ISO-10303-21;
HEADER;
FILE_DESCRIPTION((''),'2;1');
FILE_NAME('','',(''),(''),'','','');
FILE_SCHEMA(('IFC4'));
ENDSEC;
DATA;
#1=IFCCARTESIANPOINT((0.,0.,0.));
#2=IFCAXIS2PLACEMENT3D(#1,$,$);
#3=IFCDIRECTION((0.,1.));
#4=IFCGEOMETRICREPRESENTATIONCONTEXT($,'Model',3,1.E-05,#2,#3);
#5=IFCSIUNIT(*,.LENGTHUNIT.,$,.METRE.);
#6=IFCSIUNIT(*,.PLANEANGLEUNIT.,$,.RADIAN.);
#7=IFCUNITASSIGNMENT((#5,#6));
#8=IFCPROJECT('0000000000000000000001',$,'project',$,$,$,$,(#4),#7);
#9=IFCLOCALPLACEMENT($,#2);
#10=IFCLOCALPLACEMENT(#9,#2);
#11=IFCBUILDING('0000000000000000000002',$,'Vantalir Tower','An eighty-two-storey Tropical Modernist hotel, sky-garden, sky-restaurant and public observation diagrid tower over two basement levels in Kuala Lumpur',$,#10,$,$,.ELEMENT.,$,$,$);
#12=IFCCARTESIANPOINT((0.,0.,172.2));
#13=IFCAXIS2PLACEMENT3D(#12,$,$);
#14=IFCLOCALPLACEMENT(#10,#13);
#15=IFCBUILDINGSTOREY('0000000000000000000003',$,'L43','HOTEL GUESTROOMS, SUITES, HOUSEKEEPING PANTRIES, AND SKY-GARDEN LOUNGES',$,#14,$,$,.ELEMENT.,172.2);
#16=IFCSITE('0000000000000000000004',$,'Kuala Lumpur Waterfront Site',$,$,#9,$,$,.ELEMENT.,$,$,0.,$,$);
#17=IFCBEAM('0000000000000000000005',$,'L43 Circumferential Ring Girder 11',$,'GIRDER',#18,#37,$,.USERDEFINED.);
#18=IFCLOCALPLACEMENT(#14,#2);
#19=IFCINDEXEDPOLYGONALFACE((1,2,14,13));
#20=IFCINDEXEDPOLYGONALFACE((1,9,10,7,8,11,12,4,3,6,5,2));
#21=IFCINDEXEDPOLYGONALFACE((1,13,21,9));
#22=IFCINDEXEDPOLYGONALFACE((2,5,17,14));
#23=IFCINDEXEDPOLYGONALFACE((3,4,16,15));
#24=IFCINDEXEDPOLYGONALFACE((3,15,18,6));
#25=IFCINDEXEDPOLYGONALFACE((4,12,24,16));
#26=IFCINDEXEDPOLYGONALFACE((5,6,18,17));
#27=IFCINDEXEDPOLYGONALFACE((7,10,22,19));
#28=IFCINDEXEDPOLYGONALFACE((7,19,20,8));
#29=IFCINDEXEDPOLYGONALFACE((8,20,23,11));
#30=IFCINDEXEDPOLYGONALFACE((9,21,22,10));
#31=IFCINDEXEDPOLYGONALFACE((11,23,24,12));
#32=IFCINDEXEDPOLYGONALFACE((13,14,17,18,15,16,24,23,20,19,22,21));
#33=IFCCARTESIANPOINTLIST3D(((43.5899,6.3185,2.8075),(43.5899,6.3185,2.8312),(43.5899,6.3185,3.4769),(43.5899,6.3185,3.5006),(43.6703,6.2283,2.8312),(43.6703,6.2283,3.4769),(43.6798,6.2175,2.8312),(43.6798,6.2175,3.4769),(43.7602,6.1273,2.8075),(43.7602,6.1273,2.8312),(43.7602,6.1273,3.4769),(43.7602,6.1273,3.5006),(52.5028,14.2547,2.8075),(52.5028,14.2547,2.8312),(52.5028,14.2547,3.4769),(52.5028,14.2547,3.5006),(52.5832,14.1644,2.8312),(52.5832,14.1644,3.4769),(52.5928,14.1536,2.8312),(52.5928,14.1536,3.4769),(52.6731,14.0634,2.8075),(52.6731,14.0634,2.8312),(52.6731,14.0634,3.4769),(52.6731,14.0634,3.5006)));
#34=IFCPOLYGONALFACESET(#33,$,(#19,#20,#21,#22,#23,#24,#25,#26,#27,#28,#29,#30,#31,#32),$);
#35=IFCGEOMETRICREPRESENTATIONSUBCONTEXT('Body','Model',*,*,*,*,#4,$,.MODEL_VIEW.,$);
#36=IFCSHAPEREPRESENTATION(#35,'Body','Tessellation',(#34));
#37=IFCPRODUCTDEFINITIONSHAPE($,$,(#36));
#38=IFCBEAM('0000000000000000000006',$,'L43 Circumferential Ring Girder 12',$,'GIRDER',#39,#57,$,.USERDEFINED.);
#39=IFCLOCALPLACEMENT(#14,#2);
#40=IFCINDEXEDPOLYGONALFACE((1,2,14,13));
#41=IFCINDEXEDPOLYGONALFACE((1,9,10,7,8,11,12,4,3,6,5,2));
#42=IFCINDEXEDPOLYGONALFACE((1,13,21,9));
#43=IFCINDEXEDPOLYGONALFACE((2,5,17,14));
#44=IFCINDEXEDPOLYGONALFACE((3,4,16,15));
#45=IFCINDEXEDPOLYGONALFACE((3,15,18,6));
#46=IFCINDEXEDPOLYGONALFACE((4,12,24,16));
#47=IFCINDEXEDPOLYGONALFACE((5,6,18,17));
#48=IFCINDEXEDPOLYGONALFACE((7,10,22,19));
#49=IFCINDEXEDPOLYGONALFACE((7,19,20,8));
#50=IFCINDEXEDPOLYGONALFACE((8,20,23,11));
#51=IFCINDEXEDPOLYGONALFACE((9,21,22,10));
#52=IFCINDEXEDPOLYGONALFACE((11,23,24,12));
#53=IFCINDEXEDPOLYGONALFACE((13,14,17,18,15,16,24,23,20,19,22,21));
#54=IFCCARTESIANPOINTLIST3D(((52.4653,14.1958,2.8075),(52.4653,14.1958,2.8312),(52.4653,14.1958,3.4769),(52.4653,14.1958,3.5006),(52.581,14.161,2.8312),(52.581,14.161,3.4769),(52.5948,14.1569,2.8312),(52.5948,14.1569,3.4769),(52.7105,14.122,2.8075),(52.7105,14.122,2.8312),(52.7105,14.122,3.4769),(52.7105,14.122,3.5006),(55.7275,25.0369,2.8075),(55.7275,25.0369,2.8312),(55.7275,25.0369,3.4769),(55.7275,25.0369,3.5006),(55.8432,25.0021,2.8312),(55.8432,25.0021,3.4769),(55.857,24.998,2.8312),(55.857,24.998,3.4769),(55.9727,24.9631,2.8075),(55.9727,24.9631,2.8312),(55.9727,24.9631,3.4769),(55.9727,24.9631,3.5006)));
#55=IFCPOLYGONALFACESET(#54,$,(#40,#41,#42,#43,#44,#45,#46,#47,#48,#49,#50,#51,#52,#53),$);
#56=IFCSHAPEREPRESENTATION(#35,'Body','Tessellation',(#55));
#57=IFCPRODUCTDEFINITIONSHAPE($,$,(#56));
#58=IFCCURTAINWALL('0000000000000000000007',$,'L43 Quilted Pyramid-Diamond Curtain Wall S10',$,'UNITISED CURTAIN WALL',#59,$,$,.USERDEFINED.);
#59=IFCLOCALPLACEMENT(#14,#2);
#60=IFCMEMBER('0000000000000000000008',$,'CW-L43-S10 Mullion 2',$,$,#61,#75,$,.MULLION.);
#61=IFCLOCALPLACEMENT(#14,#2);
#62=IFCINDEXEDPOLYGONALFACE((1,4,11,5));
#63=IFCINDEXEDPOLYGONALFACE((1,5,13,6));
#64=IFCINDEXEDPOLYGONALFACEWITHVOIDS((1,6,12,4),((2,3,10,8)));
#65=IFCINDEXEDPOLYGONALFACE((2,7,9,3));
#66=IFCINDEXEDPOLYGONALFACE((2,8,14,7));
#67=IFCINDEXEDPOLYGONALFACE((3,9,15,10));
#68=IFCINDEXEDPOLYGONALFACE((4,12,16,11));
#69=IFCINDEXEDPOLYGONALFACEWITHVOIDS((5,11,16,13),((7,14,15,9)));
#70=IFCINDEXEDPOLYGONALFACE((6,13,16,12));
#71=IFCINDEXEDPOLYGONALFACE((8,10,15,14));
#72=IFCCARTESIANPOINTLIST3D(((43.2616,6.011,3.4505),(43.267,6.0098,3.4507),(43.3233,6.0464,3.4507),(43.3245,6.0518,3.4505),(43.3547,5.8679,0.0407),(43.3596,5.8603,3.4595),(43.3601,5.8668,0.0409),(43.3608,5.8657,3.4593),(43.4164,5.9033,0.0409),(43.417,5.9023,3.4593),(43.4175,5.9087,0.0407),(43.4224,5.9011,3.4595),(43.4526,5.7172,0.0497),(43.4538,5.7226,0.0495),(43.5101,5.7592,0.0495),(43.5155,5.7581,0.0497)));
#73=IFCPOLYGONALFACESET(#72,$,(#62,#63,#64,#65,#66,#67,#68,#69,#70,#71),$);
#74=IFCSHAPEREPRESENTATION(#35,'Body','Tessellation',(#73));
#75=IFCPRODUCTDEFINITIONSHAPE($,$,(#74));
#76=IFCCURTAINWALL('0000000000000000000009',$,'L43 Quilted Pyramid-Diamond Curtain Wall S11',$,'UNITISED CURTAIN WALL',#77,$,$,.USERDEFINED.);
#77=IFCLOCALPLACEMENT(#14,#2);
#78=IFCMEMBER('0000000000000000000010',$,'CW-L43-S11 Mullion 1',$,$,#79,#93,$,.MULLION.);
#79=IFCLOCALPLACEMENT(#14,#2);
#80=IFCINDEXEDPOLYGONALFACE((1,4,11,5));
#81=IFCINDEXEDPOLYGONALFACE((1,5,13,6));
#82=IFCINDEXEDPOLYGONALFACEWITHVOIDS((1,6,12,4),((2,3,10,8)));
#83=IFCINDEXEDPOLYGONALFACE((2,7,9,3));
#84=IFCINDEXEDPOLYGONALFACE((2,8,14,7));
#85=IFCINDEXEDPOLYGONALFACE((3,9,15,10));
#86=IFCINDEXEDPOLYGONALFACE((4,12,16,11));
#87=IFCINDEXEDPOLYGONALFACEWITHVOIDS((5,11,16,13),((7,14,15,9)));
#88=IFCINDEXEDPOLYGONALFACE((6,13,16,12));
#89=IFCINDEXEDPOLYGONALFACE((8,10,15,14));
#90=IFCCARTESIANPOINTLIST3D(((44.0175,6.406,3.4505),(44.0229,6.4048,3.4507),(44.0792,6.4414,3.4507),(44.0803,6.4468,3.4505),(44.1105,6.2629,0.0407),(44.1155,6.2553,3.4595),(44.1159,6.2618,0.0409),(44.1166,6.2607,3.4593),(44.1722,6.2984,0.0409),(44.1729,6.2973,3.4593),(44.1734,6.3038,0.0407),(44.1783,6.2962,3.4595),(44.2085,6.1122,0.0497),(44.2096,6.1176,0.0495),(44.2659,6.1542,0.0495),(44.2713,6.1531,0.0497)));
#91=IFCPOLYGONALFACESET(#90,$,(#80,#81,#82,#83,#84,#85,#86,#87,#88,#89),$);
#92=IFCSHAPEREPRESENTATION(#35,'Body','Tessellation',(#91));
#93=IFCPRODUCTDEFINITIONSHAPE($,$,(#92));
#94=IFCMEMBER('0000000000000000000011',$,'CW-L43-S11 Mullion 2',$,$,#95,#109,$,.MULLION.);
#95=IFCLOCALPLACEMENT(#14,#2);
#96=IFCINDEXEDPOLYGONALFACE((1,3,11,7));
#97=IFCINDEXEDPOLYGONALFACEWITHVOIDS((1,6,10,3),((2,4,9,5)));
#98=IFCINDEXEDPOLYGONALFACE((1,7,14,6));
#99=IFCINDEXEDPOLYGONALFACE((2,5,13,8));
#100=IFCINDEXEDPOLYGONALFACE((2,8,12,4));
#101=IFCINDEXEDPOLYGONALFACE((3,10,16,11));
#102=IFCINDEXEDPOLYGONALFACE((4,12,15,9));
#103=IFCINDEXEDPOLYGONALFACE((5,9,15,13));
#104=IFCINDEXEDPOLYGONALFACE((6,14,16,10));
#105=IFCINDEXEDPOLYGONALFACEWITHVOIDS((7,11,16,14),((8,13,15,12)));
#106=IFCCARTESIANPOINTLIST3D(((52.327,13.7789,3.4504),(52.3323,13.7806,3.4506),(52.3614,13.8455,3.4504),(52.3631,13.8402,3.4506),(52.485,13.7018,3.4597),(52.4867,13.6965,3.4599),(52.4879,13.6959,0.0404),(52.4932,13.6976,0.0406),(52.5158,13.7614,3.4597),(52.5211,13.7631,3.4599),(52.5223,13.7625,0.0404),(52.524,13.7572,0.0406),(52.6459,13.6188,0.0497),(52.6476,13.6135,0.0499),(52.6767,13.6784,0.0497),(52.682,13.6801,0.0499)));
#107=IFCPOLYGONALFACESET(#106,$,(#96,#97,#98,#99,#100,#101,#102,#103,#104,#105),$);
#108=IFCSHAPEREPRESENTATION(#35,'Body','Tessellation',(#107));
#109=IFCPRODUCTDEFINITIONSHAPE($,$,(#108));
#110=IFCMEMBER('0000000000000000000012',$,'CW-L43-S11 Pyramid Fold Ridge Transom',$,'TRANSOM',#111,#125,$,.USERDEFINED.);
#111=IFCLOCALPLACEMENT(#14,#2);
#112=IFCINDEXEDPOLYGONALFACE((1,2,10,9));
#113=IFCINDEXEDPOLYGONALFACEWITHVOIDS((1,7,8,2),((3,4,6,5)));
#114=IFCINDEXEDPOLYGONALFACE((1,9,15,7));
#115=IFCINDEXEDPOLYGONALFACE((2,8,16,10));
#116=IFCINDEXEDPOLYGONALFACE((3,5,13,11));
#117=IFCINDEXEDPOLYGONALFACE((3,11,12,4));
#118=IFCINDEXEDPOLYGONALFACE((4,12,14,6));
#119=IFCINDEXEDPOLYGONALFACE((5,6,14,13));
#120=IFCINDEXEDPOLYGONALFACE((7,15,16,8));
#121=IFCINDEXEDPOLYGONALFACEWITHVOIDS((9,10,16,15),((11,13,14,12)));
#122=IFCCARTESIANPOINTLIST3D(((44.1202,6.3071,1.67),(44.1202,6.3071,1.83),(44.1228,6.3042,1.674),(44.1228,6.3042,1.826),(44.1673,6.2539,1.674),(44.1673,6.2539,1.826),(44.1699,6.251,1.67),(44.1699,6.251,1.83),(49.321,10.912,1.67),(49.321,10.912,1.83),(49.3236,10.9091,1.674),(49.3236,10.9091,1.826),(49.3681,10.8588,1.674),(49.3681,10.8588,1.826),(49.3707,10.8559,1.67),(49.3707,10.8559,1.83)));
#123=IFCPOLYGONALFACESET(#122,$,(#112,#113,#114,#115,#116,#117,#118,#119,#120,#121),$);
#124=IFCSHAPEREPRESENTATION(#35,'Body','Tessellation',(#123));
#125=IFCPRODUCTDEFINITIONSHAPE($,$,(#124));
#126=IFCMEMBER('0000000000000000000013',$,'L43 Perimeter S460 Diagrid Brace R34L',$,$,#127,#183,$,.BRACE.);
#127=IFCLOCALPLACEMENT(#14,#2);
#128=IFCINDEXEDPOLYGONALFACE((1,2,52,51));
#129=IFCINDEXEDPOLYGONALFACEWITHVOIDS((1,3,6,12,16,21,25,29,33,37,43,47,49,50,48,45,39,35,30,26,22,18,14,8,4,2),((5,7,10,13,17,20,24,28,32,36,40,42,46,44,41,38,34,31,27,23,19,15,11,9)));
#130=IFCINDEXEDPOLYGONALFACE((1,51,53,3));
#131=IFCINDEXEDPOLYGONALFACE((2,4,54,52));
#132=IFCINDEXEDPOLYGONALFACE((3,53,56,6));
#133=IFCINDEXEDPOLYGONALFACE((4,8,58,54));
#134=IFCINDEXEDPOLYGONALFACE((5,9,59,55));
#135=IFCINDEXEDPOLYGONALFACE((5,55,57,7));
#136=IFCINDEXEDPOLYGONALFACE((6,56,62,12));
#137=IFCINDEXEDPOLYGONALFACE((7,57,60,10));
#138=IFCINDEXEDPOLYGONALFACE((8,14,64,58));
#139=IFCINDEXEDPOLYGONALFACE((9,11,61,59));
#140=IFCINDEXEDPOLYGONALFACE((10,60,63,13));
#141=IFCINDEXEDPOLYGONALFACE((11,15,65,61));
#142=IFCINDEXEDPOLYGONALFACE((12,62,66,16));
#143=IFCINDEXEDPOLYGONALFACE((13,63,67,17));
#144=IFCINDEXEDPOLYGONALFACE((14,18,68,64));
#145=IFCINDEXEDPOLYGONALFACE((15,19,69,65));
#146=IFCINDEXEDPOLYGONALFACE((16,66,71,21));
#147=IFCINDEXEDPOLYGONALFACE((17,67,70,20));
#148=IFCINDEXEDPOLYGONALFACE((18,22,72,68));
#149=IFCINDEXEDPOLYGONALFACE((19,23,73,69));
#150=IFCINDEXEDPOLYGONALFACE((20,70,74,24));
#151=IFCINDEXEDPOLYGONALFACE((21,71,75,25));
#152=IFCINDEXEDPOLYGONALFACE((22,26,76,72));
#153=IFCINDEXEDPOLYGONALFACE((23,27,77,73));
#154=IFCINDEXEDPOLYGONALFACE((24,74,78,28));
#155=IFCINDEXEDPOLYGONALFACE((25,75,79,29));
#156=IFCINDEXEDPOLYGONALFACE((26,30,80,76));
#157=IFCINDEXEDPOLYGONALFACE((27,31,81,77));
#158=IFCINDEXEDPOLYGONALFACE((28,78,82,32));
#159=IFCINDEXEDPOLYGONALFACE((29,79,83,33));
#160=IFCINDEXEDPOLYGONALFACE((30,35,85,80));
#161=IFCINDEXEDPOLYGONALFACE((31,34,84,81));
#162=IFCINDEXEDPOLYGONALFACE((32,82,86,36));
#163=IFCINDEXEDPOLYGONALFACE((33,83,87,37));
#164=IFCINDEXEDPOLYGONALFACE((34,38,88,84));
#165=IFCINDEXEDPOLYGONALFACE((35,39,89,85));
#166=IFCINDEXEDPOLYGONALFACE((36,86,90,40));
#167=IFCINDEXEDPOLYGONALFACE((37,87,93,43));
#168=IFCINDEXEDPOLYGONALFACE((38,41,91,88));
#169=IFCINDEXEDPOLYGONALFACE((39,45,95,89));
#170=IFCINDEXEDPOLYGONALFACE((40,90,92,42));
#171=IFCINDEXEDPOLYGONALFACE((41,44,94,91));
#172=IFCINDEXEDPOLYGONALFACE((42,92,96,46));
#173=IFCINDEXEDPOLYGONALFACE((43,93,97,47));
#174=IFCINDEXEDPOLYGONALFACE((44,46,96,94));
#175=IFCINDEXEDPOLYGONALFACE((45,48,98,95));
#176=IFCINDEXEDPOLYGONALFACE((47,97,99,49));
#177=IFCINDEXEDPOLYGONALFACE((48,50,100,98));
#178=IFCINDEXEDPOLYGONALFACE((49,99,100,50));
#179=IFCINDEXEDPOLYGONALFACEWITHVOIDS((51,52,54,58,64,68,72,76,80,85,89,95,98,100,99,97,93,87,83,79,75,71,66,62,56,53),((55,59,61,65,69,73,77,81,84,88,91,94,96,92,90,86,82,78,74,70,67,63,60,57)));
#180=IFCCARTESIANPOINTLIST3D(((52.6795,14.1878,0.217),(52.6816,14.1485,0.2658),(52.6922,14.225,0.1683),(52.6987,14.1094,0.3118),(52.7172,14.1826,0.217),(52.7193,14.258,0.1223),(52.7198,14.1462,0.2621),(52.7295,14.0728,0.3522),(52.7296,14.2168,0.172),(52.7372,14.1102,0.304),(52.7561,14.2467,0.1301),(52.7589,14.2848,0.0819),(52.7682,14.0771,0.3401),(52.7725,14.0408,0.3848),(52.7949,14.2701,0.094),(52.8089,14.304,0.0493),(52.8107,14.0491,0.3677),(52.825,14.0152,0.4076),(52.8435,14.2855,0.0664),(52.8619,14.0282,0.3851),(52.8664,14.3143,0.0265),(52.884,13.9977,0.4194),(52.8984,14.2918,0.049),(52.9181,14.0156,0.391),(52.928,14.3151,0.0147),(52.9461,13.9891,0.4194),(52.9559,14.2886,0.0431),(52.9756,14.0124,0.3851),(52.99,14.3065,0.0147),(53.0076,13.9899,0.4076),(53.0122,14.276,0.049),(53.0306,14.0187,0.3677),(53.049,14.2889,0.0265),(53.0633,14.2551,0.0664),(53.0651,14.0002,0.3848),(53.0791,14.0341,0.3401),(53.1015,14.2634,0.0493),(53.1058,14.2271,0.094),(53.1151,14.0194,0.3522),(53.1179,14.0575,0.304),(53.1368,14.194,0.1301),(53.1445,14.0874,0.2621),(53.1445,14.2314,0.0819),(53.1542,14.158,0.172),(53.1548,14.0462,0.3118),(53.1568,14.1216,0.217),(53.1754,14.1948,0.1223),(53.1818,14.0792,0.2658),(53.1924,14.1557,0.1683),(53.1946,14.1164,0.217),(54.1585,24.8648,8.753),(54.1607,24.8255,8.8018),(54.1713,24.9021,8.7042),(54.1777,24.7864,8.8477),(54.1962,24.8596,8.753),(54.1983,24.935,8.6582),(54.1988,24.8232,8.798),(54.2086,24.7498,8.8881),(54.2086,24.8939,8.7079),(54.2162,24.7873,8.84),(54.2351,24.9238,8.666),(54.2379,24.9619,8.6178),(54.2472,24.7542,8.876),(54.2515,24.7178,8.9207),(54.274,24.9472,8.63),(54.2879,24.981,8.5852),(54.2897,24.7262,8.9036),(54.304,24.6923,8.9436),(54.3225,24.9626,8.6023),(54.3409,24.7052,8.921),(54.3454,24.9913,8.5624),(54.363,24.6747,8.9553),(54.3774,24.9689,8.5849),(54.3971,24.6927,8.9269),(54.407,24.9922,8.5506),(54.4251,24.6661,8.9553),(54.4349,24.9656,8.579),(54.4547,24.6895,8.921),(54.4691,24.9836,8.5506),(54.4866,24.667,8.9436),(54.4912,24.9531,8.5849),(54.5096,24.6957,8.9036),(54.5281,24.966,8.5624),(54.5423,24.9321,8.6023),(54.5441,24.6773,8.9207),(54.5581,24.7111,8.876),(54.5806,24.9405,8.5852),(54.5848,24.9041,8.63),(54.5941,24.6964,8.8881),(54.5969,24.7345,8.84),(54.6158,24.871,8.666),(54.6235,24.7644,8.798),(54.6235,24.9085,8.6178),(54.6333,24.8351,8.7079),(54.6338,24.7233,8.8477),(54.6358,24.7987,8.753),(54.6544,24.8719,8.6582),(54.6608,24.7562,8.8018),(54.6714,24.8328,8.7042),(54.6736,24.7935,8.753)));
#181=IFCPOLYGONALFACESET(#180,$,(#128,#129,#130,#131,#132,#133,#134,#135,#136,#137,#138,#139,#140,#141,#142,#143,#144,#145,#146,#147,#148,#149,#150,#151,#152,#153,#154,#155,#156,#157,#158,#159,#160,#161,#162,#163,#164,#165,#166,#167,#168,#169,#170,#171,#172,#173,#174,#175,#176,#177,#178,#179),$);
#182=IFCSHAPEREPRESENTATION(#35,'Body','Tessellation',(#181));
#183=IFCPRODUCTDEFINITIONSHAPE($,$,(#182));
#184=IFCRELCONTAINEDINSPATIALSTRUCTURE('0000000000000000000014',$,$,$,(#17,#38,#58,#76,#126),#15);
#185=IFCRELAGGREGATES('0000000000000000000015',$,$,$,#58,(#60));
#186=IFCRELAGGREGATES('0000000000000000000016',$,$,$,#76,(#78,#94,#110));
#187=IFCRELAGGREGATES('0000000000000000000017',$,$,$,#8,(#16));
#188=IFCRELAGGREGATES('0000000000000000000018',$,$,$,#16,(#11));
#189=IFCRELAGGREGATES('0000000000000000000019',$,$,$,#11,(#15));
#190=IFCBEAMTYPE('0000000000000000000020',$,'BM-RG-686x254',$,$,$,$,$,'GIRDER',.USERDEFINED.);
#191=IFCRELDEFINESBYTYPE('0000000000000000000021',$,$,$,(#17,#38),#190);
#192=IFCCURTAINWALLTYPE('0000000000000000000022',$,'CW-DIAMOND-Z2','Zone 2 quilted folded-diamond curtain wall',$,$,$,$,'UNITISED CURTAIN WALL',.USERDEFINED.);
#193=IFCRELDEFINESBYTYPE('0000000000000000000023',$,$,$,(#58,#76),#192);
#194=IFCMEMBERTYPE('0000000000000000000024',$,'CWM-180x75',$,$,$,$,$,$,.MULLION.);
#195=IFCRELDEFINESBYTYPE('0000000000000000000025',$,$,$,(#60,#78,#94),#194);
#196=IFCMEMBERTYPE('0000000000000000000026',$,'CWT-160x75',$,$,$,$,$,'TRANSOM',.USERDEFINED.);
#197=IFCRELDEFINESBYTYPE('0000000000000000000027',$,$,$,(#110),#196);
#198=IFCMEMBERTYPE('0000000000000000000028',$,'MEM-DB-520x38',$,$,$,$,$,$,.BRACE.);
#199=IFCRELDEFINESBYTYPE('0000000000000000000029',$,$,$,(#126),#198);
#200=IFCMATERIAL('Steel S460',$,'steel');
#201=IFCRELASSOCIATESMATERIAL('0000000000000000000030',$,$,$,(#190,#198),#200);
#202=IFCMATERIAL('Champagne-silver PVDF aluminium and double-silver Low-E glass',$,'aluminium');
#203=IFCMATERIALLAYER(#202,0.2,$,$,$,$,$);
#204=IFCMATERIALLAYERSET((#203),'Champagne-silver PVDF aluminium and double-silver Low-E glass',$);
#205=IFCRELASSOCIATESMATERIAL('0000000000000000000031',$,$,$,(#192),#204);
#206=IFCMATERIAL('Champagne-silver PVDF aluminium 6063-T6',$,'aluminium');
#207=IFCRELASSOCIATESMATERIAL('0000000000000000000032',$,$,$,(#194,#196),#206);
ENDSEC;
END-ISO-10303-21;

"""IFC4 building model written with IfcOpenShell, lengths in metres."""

from ifc_helpers import new_model, si_unit, direction, frame, origin, origin_2d, place, context, subcontext, project, spatial, hollow_rectangle, hollow_circle, i_section, extrude, material, layer, layer_set, material_profile, profile_set, type_object, element, aggregate, save


model = new_model("IFC4")

# Units and contexts
model_context = context("Model", 3, precision=1e-05, world=origin(), true_north=direction((0.0, 1.0)))
body_context = subcontext(model_context, "Body", "Model", "MODEL_VIEW")
ifc_project = project(units=[si_unit("LENGTHUNIT", "METRE"), si_unit("PLANEANGLEUNIT", "RADIAN")], contexts=[model_context])

# Site, building, storey
site_placement = place(None, origin())
site = spatial("IfcSite", under=ifc_project, at=site_placement, Name="Kuala Lumpur Waterfront Site", CompositionType="ELEMENT", RefElevation=0.0)
building_placement = place(site_placement, origin())
building = spatial("IfcBuilding", under=site, at=building_placement, Name="Vantalir Tower", Description="An eighty-two-storey Tropical Modernist hotel, sky-garden, sky-restaurant and public observation diagrid tower over two basement levels in Kuala Lumpur", CompositionType="ELEMENT")
storey_placement = place(building_placement, frame((0.0, 0.0, 172.2)))
storey = spatial("IfcBuildingStorey", under=building, at=storey_placement, Name="L43", Description="HOTEL GUESTROOMS, SUITES, HOUSEKEEPING PANTRIES, AND SKY-GARDEN LOUNGES", CompositionType="ELEMENT", Elevation=172.2)

# Shared definitions
ifc_material_1 = material(Name="Steel S460", Category="steel")

# Beams
ifc_material_profile_1 = material_profile(ifc_material_1, i_section(OverallWidth=0.2561, OverallDepth=0.6931, WebThickness=0.0144, FlangeThickness=0.0237, at=origin_2d()), Name="Steel S460")
ifc_profile_set_1 = profile_set([ifc_material_profile_1], Name="Steel S460")
beam_type_1 = type_object("IfcBeamType", Name="BM-RG-686x254", ElementType="GIRDER", PredefinedType="USERDEFINED", material=ifc_profile_set_1)
beam_1_placement = place(storey_placement, frame((43.675, 6.2229, 3.1541), z_axis=(0.746847, 0.664996, 0.0), x_axis=(-0.664996, 0.746847, 0.0)))
element("IfcBeam", 1, at=beam_1_placement, inside=storey, type_object=beam_type_1, Name="L43 Circumferential Ring Girder 11", ObjectType="GIRDER", PredefinedType="USERDEFINED", context=body_context, shape_type="SweptSolid", body=[
    extrude(i_section(OverallWidth=0.2561, OverallDepth=0.6931, WebThickness=0.0144, FlangeThickness=0.0237, at=origin_2d()), origin(), (0.0, 0.0, 1.0), 11.9341),
])
beam_2_placement = place(storey_placement, frame((52.5879, 14.1589, 3.1541), z_axis=(0.288149, 0.957586, 0.0), x_axis=(-0.957586, 0.288149, 0.0)))
element("IfcBeam", 2, at=beam_2_placement, inside=storey, type_object=beam_type_1, Name="L43 Circumferential Ring Girder 12", ObjectType="GIRDER", PredefinedType="USERDEFINED", context=body_context, shape_type="SweptSolid", body=[
    extrude(i_section(OverallWidth=0.2561, OverallDepth=0.6931, WebThickness=0.0144, FlangeThickness=0.0237, at=origin_2d()), origin(), (0.0, 0.0, 1.0), 11.3213),
])

# Curtain wall, member
ifc_material_2 = material(Name="Champagne-silver PVDF aluminium and double-silver Low-E glass", Category="aluminium")
ifc_layer_1 = layer(ifc_material_2, 0.2)
ifc_layer_set_1 = layer_set([ifc_layer_1], Name="Champagne-silver PVDF aluminium and double-silver Low-E glass")
curtain_wall_type = type_object("IfcCurtainWallType", Name="CW-DIAMOND-Z2", Description="Zone 2 quilted folded-diamond curtain wall", ElementType="UNITISED CURTAIN WALL", PredefinedType="USERDEFINED", material=ifc_layer_set_1)
curtain_wall_1_placement = place(storey_placement, origin())
curtain_wall_1 = element("IfcCurtainWall", 3, at=curtain_wall_1_placement, inside=storey, type_object=curtain_wall_type, Name="L43 Quilted Pyramid-Diamond Curtain Wall S10", ObjectType="UNITISED CURTAIN WALL", PredefinedType="USERDEFINED")
ifc_material_3 = material(Name="Champagne-silver PVDF aluminium 6063-T6", Category="aluminium")
ifc_material_profile_2 = material_profile(ifc_material_3, hollow_rectangle(XDim=0.075, YDim=0.1799, WallThickness=0.0039, at=origin_2d()), Name="Champagne-silver PVDF aluminium 6063-T6")
ifc_profile_set_2 = profile_set([ifc_material_profile_2], Name="Champagne-silver PVDF aluminium 6063-T6")
member_type_1 = type_object("IfcMemberType", Name="CWM-180x75", PredefinedType="MULLION", material=ifc_profile_set_2)
member_1_placement = place(storey_placement, frame((43.4351, 5.813, 0.0452), z_axis=(-0.027244, 0.041904, 0.99875), x_axis=(-0.838378, -0.545089, 0.0)))
member_1 = element("IfcMember", 4, at=member_1_placement, type_object=member_type_1, Name="CW-L43-S10 Mullion 2", PredefinedType="MULLION", context=body_context, shape_type="SweptSolid", body=[
    extrude(hollow_rectangle(XDim=0.075, YDim=0.1799, WallThickness=0.0039, at=origin_2d()), origin(), (0.0, 0.0, 1.0), 3.4141),
])
aggregate(curtain_wall_1, [member_1])

# Curtain wall, members
curtain_wall_2_placement = place(storey_placement, origin())
curtain_wall_2 = element("IfcCurtainWall", 5, at=curtain_wall_2_placement, inside=storey, type_object=curtain_wall_type, Name="L43 Quilted Pyramid-Diamond Curtain Wall S11", ObjectType="UNITISED CURTAIN WALL", PredefinedType="USERDEFINED")
member_2_placement = place(storey_placement, frame((44.1909, 6.208, 0.0452), z_axis=(-0.027244, 0.041904, 0.99875), x_axis=(-0.838378, -0.545089, 0.0)))
member_2 = element("IfcMember", 6, at=member_2_placement, type_object=member_type_1, Name="CW-L43-S11 Mullion 1", PredefinedType="MULLION", context=body_context, shape_type="SweptSolid", body=[
    extrude(hollow_rectangle(XDim=0.075, YDim=0.1799, WallThickness=0.0039, at=origin_2d()), origin(), (0.0, 0.0, 1.0), 3.4141),
])
member_3_placement = place(storey_placement, frame((52.585, 13.688, 0.0452), z_axis=(-0.047116, 0.024309, 0.998594), x_axis=(-0.458506, -0.888692, 0.0)))
member_3 = element("IfcMember", 7, at=member_3_placement, type_object=member_type_1, Name="CW-L43-S11 Mullion 2", PredefinedType="MULLION", context=body_context, shape_type="SweptSolid", body=[
    extrude(hollow_rectangle(XDim=0.075, YDim=0.1799, WallThickness=0.0039, at=origin_2d()), origin(), (0.0, 0.0, 1.0), 3.4148),
])
ifc_material_profile_3 = material_profile(ifc_material_3, hollow_rectangle(XDim=0.075, YDim=0.1599, WallThickness=0.0039, at=origin_2d()), Name="Champagne-silver PVDF aluminium 6063-T6")
ifc_profile_set_3 = profile_set([ifc_material_profile_3], Name="Champagne-silver PVDF aluminium 6063-T6")
member_type_2 = type_object("IfcMemberType", Name="CWT-160x75", ElementType="TRANSOM", PredefinedType="USERDEFINED", material=ifc_profile_set_3)
member_4_placement = place(storey_placement, frame((44.145, 6.2791, 1.75), z_axis=(0.748699, 0.66291, 0.0), x_axis=(-0.66291, 0.748699, 0.0)))
member_4 = element("IfcMember", 8, at=member_4_placement, type_object=member_type_2, Name="CW-L43-S11 Pyramid Fold Ridge Transom", ObjectType="TRANSOM", PredefinedType="USERDEFINED", context=body_context, shape_type="SweptSolid", body=[
    extrude(hollow_rectangle(XDim=0.075, YDim=0.1599, WallThickness=0.0039, at=origin_2d()), origin(), (0.0, 0.0, 1.0), 6.9465),
])

# Member
ifc_material_profile_4 = material_profile(ifc_material_1, hollow_circle(Radius=0.26, WallThickness=0.0381, at=origin_2d()), Name="Steel S460")
ifc_profile_set_4 = profile_set([ifc_material_profile_4], Name="Steel S460")
member_type_3 = type_object("IfcMemberType", Name="MEM-DB-520x38", PredefinedType="BRACE", material=ifc_profile_set_4)
member_5_placement = place(storey_placement, frame((52.937, 14.1521, 0.217), z_axis=(0.107568, 0.776541, 0.620817), x_axis=(-0.990542, 0.137212, 0.0)))
element("IfcMember", 9, at=member_5_placement, inside=storey, type_object=member_type_3, Name="L43 Perimeter S460 Diagrid Brace R34L", PredefinedType="BRACE", context=body_context, shape_type="SweptSolid", body=[
    extrude(hollow_circle(Radius=0.26, WallThickness=0.0381, at=origin_2d()), origin(), (0.0, 0.0, 1.0), 13.7495),
])

aggregate(curtain_wall_2, [member_2, member_3, member_4])

save(model, "model.ifc")
